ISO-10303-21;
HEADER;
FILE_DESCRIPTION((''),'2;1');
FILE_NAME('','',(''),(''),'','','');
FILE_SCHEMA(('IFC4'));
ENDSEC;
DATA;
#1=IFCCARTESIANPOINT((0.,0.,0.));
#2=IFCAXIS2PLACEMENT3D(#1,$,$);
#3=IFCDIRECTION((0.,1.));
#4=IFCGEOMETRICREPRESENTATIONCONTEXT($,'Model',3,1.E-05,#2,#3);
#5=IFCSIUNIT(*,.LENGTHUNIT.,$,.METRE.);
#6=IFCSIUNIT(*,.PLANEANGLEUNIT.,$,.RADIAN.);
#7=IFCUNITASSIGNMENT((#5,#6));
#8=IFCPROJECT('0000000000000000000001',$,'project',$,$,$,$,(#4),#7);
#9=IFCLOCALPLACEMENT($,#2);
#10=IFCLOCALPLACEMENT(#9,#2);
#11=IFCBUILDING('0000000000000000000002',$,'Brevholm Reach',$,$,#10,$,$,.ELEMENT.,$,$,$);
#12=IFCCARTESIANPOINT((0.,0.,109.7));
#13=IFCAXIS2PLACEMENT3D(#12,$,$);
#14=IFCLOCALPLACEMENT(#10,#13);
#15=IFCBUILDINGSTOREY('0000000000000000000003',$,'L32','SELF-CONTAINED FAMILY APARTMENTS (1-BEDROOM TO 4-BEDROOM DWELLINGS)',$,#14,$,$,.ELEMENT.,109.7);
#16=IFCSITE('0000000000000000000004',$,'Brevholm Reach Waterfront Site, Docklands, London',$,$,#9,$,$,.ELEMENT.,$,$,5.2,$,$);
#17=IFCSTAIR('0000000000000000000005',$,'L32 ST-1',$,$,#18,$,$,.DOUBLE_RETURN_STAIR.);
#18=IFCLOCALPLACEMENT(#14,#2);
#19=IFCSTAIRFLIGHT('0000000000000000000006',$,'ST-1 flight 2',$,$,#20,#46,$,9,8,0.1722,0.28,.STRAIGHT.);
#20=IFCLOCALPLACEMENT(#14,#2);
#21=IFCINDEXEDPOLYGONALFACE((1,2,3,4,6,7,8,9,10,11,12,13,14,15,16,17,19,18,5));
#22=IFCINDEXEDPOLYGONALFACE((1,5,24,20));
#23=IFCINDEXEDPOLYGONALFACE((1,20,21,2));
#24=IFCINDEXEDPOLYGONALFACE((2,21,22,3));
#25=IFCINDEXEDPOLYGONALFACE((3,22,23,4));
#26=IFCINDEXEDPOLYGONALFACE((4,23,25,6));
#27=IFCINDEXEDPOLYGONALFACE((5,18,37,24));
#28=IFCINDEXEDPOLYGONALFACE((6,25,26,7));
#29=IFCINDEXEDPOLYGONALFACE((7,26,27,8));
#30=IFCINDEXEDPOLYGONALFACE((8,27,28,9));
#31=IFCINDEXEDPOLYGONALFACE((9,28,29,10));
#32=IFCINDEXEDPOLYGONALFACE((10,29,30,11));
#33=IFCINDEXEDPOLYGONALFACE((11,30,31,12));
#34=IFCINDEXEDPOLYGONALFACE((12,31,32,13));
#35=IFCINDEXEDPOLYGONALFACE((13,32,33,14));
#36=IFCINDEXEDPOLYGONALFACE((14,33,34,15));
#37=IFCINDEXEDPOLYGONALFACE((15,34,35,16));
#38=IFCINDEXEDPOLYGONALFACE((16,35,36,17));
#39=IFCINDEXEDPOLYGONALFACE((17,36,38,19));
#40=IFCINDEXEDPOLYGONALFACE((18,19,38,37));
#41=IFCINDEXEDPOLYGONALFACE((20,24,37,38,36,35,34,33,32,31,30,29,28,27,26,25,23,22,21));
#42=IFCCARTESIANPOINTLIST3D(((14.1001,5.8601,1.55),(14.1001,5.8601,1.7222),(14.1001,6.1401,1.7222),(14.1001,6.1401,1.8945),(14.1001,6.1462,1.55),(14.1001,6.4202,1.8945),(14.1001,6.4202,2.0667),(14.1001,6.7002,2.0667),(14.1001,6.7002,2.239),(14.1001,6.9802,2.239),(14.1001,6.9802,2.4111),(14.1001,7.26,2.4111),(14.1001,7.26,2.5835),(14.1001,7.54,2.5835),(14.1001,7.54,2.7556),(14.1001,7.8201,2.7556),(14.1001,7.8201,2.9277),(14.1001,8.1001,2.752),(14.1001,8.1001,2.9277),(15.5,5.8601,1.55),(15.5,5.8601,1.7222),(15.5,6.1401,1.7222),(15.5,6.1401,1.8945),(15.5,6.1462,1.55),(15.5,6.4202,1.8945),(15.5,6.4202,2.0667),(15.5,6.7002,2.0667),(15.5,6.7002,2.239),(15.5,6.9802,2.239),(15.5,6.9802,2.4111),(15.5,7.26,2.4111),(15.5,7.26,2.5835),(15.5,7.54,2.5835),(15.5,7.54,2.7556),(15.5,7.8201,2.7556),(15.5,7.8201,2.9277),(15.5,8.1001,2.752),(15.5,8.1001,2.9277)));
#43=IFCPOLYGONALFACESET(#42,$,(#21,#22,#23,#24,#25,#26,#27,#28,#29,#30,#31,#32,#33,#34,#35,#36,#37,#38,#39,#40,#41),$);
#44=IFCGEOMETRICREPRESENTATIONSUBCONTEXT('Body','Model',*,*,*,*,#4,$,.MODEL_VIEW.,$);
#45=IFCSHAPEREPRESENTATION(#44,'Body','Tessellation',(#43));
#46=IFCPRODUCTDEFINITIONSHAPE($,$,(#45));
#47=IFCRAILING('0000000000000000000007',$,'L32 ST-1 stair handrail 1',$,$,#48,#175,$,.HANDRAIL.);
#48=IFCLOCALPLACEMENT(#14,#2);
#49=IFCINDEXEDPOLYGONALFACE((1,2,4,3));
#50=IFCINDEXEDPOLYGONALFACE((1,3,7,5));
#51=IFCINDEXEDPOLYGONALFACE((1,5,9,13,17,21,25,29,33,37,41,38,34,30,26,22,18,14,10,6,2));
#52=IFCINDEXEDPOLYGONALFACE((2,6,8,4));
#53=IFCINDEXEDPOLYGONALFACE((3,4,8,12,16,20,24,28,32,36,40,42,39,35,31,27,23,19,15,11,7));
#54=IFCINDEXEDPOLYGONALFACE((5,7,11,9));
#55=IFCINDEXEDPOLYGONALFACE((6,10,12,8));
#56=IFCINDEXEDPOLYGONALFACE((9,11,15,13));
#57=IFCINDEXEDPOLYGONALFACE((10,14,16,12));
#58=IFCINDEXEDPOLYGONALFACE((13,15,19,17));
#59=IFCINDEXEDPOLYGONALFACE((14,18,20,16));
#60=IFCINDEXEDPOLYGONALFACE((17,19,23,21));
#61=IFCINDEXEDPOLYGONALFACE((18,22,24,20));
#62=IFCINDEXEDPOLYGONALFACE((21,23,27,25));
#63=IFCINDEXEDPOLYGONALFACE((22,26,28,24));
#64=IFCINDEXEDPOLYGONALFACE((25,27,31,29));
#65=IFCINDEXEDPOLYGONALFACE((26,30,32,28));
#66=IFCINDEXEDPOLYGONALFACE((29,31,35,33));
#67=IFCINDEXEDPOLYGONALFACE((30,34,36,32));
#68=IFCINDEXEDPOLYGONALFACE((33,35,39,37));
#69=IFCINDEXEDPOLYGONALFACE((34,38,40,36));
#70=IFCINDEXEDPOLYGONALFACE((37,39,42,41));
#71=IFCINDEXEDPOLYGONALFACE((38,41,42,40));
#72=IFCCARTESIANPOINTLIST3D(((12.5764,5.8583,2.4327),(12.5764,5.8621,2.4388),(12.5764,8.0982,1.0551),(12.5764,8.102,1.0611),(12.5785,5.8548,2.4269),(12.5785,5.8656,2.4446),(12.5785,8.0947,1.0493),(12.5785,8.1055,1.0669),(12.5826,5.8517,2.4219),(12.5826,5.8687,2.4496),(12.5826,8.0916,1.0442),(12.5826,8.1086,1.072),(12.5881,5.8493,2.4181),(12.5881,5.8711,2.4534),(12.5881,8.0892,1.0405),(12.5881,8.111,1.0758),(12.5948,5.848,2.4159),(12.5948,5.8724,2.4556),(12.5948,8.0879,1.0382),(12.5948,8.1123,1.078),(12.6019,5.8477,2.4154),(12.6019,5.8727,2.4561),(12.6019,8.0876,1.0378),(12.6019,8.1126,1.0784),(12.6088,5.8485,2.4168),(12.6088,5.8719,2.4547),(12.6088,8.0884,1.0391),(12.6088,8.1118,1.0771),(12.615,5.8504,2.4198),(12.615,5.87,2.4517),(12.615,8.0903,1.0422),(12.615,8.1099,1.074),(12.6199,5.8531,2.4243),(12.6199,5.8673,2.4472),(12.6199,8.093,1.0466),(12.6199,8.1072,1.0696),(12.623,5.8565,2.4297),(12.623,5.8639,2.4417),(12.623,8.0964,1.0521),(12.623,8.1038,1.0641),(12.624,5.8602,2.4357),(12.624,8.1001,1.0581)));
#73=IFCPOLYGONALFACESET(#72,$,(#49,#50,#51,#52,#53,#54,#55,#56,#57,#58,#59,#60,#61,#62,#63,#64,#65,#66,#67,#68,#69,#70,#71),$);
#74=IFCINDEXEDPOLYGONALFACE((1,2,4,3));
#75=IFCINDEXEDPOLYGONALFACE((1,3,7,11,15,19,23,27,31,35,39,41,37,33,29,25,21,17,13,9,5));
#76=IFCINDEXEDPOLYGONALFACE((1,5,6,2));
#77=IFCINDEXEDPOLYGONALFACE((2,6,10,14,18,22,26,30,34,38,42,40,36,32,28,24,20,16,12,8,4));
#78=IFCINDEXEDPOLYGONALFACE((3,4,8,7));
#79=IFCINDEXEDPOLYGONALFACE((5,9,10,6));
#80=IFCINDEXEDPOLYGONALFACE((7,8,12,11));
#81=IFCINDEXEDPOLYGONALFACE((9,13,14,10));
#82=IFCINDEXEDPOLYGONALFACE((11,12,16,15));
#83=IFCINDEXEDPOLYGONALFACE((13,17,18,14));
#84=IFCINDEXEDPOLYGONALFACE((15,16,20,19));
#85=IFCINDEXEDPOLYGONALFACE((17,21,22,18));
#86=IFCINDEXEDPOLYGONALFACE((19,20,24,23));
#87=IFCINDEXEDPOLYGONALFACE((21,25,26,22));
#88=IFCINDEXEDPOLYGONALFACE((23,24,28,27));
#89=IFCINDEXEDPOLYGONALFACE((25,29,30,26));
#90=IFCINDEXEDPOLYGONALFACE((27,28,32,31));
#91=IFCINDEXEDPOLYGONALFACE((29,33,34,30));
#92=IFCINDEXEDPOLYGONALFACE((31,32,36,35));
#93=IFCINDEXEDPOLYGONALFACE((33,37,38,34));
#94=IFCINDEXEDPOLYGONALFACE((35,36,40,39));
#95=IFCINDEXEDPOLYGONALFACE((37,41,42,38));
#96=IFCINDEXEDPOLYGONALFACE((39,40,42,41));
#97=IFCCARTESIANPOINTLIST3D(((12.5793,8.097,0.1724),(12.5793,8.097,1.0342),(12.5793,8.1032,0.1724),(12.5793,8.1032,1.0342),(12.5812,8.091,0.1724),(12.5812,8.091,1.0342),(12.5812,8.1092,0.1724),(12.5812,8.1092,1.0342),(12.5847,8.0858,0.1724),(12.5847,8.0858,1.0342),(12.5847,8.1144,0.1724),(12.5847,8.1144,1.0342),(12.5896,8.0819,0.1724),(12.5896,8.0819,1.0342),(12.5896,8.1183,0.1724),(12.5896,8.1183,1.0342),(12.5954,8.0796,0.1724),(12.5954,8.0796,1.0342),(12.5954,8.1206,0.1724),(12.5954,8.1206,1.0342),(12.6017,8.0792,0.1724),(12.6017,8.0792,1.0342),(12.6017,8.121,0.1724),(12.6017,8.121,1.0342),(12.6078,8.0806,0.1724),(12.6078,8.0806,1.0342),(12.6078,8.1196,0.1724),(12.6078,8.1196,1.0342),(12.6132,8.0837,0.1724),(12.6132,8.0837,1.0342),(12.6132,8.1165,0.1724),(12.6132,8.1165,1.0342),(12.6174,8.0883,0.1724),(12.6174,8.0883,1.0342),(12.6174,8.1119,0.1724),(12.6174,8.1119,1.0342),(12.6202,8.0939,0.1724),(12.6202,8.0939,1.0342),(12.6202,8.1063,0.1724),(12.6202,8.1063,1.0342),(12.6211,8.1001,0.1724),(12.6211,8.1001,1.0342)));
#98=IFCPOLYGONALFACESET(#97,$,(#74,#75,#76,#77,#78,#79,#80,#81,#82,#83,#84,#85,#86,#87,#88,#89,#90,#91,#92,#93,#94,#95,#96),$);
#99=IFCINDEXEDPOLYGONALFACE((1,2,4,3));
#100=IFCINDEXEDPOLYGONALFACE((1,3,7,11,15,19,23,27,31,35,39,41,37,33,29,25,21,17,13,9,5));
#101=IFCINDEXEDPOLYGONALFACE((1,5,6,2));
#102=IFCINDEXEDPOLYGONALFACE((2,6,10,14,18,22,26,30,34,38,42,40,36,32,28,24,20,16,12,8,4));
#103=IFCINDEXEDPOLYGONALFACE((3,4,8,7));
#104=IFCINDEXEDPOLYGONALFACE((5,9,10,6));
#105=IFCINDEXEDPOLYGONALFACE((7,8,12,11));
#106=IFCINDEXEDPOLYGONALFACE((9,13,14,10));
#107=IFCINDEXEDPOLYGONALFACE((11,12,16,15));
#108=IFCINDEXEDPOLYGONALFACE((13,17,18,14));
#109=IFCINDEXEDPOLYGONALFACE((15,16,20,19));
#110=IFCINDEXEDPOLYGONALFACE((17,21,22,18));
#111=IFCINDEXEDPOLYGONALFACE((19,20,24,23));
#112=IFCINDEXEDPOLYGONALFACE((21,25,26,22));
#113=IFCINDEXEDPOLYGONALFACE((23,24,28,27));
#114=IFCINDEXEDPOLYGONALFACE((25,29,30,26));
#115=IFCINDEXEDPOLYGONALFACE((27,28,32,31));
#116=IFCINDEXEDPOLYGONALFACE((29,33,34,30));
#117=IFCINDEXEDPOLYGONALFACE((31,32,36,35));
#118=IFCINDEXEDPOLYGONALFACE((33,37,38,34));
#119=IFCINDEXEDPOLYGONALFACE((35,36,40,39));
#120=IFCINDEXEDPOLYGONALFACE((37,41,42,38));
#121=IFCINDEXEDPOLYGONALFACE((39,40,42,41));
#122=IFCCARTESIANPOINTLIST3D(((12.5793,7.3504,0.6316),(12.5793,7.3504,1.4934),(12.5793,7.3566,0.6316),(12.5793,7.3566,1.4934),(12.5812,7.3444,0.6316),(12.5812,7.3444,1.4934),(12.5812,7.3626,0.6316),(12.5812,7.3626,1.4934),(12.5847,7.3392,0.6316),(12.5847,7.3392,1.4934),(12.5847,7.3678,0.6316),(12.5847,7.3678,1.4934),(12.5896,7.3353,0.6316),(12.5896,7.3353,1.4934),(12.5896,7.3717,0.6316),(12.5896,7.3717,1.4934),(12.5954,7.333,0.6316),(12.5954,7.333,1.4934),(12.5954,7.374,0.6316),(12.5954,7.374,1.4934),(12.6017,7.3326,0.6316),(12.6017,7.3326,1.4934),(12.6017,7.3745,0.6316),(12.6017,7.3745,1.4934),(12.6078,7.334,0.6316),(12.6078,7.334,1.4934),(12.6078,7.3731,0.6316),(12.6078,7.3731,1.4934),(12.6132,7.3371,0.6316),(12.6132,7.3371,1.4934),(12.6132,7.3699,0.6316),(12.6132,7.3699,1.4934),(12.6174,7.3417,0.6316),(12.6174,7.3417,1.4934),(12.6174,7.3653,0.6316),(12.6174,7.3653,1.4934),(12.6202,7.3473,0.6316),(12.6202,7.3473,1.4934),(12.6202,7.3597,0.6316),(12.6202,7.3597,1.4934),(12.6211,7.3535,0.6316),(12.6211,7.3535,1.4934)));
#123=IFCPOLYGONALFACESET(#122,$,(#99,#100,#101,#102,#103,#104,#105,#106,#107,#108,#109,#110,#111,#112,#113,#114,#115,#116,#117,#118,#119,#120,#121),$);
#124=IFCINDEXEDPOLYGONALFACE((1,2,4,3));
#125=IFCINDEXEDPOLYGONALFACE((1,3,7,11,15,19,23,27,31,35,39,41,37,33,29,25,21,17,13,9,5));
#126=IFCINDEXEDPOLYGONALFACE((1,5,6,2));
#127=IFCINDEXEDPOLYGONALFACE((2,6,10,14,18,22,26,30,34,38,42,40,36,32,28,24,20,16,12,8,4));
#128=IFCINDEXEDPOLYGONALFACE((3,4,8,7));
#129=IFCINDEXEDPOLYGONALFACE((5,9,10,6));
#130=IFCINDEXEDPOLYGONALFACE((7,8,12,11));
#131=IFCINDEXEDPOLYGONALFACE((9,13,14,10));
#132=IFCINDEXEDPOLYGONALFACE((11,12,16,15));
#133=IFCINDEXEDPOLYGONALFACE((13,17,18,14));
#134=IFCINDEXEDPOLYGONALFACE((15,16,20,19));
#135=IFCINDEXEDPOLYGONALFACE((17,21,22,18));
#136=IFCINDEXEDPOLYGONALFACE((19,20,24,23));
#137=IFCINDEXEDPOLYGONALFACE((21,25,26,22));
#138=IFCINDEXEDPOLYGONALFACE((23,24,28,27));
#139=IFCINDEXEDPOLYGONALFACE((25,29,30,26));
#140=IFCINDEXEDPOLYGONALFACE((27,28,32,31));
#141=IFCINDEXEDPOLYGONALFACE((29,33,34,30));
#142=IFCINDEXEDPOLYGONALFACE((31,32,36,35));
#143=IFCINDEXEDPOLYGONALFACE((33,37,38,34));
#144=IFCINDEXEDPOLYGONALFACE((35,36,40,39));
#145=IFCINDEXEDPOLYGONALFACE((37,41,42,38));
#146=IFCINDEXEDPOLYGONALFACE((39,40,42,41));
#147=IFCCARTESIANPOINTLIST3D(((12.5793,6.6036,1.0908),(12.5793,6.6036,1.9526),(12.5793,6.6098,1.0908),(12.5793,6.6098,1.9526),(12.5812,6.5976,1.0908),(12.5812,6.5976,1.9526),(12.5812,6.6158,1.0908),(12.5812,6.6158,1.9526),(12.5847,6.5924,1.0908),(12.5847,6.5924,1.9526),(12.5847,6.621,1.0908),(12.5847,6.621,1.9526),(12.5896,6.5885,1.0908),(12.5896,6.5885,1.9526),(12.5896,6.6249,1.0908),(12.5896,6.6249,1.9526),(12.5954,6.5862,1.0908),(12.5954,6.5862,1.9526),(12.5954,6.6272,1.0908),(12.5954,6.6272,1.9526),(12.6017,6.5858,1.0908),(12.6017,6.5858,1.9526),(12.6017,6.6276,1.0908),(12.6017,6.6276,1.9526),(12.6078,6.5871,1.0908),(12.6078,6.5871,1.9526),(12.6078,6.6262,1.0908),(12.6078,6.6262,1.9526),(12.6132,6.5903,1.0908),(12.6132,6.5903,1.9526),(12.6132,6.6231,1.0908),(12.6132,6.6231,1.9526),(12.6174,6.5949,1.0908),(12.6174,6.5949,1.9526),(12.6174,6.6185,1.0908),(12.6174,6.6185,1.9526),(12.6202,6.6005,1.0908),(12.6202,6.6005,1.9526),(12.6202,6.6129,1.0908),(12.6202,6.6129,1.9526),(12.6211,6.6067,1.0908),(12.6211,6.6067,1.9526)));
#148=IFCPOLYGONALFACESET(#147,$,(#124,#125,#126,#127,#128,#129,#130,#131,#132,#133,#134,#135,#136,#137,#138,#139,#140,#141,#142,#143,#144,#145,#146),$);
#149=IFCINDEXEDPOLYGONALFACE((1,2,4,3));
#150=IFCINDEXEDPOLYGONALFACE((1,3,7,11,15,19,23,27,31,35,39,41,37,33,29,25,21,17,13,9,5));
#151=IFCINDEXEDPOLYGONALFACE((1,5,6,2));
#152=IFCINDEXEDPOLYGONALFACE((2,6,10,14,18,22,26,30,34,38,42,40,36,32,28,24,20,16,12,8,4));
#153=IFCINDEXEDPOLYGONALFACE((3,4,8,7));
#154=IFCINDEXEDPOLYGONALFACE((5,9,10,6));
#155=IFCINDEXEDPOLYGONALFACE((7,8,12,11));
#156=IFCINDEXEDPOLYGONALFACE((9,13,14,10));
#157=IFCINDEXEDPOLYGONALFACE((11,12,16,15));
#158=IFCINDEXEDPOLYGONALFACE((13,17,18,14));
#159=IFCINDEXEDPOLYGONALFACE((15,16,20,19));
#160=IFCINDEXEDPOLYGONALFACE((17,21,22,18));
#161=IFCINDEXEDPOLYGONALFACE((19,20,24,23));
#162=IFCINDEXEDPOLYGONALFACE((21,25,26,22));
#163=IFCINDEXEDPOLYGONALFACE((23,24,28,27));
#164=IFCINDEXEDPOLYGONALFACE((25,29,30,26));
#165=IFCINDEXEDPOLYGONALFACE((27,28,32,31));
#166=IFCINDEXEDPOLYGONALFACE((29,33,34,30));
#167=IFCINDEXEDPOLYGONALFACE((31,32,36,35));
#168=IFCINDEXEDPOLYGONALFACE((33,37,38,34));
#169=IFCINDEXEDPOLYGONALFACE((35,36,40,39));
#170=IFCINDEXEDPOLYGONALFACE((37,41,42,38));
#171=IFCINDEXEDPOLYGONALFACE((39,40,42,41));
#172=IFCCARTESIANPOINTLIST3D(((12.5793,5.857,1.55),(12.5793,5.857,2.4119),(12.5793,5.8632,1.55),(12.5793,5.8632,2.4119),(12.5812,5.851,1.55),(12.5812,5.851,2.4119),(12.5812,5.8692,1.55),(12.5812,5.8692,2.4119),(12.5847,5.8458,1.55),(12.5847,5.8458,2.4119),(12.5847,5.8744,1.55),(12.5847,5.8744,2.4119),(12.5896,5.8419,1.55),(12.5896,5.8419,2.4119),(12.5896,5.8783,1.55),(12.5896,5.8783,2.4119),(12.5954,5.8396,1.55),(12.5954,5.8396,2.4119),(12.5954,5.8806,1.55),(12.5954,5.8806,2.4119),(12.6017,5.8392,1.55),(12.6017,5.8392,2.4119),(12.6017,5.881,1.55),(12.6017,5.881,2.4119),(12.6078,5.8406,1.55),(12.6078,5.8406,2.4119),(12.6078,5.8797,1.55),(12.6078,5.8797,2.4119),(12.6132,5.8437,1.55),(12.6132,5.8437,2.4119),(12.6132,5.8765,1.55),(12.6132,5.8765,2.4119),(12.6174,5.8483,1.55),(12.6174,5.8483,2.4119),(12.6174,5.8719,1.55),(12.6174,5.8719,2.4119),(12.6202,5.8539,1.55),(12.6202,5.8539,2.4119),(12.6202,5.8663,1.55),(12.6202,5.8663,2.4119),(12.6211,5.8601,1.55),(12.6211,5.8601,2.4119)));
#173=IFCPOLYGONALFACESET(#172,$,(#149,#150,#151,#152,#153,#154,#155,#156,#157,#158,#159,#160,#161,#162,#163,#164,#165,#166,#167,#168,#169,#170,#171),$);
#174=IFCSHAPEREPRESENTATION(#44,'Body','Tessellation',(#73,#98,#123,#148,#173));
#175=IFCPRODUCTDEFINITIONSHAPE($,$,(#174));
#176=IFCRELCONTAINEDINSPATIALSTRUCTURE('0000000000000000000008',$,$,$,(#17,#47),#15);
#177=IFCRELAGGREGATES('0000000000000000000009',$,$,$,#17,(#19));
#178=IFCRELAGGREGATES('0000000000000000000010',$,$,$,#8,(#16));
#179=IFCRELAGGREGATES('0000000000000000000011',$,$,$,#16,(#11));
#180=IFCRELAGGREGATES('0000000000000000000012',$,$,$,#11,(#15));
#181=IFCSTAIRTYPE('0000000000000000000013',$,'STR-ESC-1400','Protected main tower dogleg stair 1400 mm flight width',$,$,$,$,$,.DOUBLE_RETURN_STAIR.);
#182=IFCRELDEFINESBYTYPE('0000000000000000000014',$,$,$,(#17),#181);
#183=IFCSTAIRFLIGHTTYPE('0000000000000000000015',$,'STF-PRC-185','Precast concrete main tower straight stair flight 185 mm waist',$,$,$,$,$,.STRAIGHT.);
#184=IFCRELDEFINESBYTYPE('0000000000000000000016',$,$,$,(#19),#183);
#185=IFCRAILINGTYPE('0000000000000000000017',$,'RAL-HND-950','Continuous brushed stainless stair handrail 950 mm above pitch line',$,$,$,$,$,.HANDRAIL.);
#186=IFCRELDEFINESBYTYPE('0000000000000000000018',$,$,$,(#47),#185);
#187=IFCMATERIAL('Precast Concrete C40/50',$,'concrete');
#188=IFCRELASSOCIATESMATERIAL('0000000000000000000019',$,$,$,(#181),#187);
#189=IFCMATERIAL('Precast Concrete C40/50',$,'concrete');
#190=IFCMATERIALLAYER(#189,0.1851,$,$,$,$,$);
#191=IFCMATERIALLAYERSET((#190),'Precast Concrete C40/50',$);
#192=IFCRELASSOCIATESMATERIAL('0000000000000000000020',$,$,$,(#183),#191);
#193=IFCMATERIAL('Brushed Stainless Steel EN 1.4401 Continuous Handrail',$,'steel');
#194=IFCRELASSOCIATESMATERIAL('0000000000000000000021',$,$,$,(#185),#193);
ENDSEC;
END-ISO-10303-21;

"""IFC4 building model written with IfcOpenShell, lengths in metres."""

from ifc_helpers import new_model, si_unit, direction, frame, origin, origin_2d, place, context, subcontext, project, spatial, polyline, circle, outline, extrude, material, layer, layer_set, type_object, element, aggregate, save


model = new_model("IFC4")

# Units and contexts
model_context = context("Model", 3, precision=1e-05, world=origin(), true_north=direction((0.0, 1.0)))
body_context = subcontext(model_context, "Body", "Model", "MODEL_VIEW")
ifc_project = project(units=[si_unit("LENGTHUNIT", "METRE"), si_unit("PLANEANGLEUNIT", "RADIAN")], contexts=[model_context])

# Site, building, storey
site_placement = place(None, origin())
site = spatial("IfcSite", under=ifc_project, at=site_placement, Name="Brevholm Reach Waterfront Site, Docklands, London", CompositionType="ELEMENT", RefElevation=5.2)
building_placement = place(site_placement, origin())
building = spatial("IfcBuilding", under=site, at=building_placement, Name="Brevholm Reach", CompositionType="ELEMENT")
storey_placement = place(building_placement, frame((0.0, 0.0, 109.7)))
storey = spatial("IfcBuildingStorey", under=building, at=storey_placement, Name="L32", Description="SELF-CONTAINED FAMILY APARTMENTS (1-BEDROOM TO 4-BEDROOM DWELLINGS)", CompositionType="ELEMENT", Elevation=109.7)

# Stair, stair flight
ifc_material_1 = material(Name="Precast Concrete C40/50", Category="concrete")
stair_type = type_object("IfcStairType", Name="STR-ESC-1400", Description="Protected main tower dogleg stair 1400 mm flight width", PredefinedType="DOUBLE_RETURN_STAIR", material=ifc_material_1)
stair_placement = place(storey_placement, origin())
stair = element("IfcStair", 1, at=stair_placement, inside=storey, type_object=stair_type, Name="L32 ST-1", PredefinedType="DOUBLE_RETURN_STAIR")
ifc_material_2 = material(Name="Precast Concrete C40/50", Category="concrete")
ifc_layer_1 = layer(ifc_material_2, 0.1851)
ifc_layer_set_1 = layer_set([ifc_layer_1], Name="Precast Concrete C40/50")
stair_flight_type = type_object("IfcStairFlightType", Name="STF-PRC-185", Description="Precast concrete main tower straight stair flight 185 mm waist", PredefinedType="STRAIGHT", material=ifc_layer_set_1)
stair_flight_1_placement = place(storey_placement, frame((14.8, 5.8601, 1.55), z_axis=(0.0, 0.0, 1.0), x_axis=(0.0, 1.0, 0.0)))
stair_flight_1 = element("IfcStairFlight", 2, at=stair_flight_1_placement, type_object=stair_flight_type, Name="ST-1 flight 2", NumberOfRisers=9, NumberOfTreads=8, PredefinedType="STRAIGHT", RiserHeight=0.1722, TreadLength=0.28, context=body_context, shape_type="SweptSolid", body=[
    extrude(outline(polyline([(0.0, 0.0), (0.0, 0.1721), (0.28, 0.1721), (0.28, 0.3445), (0.5601, 0.3445), (0.5601, 0.5166), (0.8401, 0.5166), (0.8401, 0.689), (1.1201, 0.689), (1.1201, 0.8611), (1.3999, 0.8611), (1.3999, 1.0334), (1.6799, 1.0334), (1.6799, 1.2056), (1.96, 1.2056), (1.96, 1.3777), (2.24, 1.3777), (2.24, 1.55), (2.24, 1.2019), (0.2861, 0.0), (0.0, 0.0)])), frame((0.0, 0.7, 0.0), z_axis=(0.0, -1.0, 0.0), x_axis=(1.0, 0.0, 0.0)), (0.0, 0.0, 1.0), 1.3999),
])
aggregate(stair, [stair_flight_1])

# Railing
ifc_material_3 = material(Name="Brushed Stainless Steel EN 1.4401 Continuous Handrail", Category="steel")
railing_type_1 = type_object("IfcRailingType", Name="RAL-HND-950", Description="Continuous brushed stainless stair handrail 950 mm above pitch line", PredefinedType="HANDRAIL", material=ifc_material_3)
railing_1_placement = place(storey_placement, frame((12.6001, 8.1001, 0.1724)))
element("IfcRailing", 3, at=railing_1_placement, inside=storey, type_object=railing_type_1, Name="L32 ST-1 stair handrail 1", PredefinedType="HANDRAIL", context=body_context, shape_type="SweptSolid", body=[
    extrude(circle(Radius=0.0239, at=origin_2d()), frame((0.0, 0.0, 0.8857), z_axis=(0.0, -0.851789, 0.523885), x_axis=(1.0, 0.0, 0.0)), (0.0, 0.0, 1.0), 2.6296),
    extrude(circle(Radius=0.021, at=origin_2d()), origin(), (0.0, 0.0, 1.0), 0.8618),
    extrude(circle(Radius=0.021, at=origin_2d()), frame((0.0, -0.7466, 0.4592)), (0.0, 0.0, 1.0), 0.8618),
    extrude(circle(Radius=0.021, at=origin_2d()), frame((0.0, -1.4934, 0.9185)), (0.0, 0.0, 1.0), 0.8618),
    extrude(circle(Radius=0.021, at=origin_2d()), frame((0.0, -2.24, 1.3777)), (0.0, 0.0, 1.0), 0.8618),
])

save(model, "model.ifc")
